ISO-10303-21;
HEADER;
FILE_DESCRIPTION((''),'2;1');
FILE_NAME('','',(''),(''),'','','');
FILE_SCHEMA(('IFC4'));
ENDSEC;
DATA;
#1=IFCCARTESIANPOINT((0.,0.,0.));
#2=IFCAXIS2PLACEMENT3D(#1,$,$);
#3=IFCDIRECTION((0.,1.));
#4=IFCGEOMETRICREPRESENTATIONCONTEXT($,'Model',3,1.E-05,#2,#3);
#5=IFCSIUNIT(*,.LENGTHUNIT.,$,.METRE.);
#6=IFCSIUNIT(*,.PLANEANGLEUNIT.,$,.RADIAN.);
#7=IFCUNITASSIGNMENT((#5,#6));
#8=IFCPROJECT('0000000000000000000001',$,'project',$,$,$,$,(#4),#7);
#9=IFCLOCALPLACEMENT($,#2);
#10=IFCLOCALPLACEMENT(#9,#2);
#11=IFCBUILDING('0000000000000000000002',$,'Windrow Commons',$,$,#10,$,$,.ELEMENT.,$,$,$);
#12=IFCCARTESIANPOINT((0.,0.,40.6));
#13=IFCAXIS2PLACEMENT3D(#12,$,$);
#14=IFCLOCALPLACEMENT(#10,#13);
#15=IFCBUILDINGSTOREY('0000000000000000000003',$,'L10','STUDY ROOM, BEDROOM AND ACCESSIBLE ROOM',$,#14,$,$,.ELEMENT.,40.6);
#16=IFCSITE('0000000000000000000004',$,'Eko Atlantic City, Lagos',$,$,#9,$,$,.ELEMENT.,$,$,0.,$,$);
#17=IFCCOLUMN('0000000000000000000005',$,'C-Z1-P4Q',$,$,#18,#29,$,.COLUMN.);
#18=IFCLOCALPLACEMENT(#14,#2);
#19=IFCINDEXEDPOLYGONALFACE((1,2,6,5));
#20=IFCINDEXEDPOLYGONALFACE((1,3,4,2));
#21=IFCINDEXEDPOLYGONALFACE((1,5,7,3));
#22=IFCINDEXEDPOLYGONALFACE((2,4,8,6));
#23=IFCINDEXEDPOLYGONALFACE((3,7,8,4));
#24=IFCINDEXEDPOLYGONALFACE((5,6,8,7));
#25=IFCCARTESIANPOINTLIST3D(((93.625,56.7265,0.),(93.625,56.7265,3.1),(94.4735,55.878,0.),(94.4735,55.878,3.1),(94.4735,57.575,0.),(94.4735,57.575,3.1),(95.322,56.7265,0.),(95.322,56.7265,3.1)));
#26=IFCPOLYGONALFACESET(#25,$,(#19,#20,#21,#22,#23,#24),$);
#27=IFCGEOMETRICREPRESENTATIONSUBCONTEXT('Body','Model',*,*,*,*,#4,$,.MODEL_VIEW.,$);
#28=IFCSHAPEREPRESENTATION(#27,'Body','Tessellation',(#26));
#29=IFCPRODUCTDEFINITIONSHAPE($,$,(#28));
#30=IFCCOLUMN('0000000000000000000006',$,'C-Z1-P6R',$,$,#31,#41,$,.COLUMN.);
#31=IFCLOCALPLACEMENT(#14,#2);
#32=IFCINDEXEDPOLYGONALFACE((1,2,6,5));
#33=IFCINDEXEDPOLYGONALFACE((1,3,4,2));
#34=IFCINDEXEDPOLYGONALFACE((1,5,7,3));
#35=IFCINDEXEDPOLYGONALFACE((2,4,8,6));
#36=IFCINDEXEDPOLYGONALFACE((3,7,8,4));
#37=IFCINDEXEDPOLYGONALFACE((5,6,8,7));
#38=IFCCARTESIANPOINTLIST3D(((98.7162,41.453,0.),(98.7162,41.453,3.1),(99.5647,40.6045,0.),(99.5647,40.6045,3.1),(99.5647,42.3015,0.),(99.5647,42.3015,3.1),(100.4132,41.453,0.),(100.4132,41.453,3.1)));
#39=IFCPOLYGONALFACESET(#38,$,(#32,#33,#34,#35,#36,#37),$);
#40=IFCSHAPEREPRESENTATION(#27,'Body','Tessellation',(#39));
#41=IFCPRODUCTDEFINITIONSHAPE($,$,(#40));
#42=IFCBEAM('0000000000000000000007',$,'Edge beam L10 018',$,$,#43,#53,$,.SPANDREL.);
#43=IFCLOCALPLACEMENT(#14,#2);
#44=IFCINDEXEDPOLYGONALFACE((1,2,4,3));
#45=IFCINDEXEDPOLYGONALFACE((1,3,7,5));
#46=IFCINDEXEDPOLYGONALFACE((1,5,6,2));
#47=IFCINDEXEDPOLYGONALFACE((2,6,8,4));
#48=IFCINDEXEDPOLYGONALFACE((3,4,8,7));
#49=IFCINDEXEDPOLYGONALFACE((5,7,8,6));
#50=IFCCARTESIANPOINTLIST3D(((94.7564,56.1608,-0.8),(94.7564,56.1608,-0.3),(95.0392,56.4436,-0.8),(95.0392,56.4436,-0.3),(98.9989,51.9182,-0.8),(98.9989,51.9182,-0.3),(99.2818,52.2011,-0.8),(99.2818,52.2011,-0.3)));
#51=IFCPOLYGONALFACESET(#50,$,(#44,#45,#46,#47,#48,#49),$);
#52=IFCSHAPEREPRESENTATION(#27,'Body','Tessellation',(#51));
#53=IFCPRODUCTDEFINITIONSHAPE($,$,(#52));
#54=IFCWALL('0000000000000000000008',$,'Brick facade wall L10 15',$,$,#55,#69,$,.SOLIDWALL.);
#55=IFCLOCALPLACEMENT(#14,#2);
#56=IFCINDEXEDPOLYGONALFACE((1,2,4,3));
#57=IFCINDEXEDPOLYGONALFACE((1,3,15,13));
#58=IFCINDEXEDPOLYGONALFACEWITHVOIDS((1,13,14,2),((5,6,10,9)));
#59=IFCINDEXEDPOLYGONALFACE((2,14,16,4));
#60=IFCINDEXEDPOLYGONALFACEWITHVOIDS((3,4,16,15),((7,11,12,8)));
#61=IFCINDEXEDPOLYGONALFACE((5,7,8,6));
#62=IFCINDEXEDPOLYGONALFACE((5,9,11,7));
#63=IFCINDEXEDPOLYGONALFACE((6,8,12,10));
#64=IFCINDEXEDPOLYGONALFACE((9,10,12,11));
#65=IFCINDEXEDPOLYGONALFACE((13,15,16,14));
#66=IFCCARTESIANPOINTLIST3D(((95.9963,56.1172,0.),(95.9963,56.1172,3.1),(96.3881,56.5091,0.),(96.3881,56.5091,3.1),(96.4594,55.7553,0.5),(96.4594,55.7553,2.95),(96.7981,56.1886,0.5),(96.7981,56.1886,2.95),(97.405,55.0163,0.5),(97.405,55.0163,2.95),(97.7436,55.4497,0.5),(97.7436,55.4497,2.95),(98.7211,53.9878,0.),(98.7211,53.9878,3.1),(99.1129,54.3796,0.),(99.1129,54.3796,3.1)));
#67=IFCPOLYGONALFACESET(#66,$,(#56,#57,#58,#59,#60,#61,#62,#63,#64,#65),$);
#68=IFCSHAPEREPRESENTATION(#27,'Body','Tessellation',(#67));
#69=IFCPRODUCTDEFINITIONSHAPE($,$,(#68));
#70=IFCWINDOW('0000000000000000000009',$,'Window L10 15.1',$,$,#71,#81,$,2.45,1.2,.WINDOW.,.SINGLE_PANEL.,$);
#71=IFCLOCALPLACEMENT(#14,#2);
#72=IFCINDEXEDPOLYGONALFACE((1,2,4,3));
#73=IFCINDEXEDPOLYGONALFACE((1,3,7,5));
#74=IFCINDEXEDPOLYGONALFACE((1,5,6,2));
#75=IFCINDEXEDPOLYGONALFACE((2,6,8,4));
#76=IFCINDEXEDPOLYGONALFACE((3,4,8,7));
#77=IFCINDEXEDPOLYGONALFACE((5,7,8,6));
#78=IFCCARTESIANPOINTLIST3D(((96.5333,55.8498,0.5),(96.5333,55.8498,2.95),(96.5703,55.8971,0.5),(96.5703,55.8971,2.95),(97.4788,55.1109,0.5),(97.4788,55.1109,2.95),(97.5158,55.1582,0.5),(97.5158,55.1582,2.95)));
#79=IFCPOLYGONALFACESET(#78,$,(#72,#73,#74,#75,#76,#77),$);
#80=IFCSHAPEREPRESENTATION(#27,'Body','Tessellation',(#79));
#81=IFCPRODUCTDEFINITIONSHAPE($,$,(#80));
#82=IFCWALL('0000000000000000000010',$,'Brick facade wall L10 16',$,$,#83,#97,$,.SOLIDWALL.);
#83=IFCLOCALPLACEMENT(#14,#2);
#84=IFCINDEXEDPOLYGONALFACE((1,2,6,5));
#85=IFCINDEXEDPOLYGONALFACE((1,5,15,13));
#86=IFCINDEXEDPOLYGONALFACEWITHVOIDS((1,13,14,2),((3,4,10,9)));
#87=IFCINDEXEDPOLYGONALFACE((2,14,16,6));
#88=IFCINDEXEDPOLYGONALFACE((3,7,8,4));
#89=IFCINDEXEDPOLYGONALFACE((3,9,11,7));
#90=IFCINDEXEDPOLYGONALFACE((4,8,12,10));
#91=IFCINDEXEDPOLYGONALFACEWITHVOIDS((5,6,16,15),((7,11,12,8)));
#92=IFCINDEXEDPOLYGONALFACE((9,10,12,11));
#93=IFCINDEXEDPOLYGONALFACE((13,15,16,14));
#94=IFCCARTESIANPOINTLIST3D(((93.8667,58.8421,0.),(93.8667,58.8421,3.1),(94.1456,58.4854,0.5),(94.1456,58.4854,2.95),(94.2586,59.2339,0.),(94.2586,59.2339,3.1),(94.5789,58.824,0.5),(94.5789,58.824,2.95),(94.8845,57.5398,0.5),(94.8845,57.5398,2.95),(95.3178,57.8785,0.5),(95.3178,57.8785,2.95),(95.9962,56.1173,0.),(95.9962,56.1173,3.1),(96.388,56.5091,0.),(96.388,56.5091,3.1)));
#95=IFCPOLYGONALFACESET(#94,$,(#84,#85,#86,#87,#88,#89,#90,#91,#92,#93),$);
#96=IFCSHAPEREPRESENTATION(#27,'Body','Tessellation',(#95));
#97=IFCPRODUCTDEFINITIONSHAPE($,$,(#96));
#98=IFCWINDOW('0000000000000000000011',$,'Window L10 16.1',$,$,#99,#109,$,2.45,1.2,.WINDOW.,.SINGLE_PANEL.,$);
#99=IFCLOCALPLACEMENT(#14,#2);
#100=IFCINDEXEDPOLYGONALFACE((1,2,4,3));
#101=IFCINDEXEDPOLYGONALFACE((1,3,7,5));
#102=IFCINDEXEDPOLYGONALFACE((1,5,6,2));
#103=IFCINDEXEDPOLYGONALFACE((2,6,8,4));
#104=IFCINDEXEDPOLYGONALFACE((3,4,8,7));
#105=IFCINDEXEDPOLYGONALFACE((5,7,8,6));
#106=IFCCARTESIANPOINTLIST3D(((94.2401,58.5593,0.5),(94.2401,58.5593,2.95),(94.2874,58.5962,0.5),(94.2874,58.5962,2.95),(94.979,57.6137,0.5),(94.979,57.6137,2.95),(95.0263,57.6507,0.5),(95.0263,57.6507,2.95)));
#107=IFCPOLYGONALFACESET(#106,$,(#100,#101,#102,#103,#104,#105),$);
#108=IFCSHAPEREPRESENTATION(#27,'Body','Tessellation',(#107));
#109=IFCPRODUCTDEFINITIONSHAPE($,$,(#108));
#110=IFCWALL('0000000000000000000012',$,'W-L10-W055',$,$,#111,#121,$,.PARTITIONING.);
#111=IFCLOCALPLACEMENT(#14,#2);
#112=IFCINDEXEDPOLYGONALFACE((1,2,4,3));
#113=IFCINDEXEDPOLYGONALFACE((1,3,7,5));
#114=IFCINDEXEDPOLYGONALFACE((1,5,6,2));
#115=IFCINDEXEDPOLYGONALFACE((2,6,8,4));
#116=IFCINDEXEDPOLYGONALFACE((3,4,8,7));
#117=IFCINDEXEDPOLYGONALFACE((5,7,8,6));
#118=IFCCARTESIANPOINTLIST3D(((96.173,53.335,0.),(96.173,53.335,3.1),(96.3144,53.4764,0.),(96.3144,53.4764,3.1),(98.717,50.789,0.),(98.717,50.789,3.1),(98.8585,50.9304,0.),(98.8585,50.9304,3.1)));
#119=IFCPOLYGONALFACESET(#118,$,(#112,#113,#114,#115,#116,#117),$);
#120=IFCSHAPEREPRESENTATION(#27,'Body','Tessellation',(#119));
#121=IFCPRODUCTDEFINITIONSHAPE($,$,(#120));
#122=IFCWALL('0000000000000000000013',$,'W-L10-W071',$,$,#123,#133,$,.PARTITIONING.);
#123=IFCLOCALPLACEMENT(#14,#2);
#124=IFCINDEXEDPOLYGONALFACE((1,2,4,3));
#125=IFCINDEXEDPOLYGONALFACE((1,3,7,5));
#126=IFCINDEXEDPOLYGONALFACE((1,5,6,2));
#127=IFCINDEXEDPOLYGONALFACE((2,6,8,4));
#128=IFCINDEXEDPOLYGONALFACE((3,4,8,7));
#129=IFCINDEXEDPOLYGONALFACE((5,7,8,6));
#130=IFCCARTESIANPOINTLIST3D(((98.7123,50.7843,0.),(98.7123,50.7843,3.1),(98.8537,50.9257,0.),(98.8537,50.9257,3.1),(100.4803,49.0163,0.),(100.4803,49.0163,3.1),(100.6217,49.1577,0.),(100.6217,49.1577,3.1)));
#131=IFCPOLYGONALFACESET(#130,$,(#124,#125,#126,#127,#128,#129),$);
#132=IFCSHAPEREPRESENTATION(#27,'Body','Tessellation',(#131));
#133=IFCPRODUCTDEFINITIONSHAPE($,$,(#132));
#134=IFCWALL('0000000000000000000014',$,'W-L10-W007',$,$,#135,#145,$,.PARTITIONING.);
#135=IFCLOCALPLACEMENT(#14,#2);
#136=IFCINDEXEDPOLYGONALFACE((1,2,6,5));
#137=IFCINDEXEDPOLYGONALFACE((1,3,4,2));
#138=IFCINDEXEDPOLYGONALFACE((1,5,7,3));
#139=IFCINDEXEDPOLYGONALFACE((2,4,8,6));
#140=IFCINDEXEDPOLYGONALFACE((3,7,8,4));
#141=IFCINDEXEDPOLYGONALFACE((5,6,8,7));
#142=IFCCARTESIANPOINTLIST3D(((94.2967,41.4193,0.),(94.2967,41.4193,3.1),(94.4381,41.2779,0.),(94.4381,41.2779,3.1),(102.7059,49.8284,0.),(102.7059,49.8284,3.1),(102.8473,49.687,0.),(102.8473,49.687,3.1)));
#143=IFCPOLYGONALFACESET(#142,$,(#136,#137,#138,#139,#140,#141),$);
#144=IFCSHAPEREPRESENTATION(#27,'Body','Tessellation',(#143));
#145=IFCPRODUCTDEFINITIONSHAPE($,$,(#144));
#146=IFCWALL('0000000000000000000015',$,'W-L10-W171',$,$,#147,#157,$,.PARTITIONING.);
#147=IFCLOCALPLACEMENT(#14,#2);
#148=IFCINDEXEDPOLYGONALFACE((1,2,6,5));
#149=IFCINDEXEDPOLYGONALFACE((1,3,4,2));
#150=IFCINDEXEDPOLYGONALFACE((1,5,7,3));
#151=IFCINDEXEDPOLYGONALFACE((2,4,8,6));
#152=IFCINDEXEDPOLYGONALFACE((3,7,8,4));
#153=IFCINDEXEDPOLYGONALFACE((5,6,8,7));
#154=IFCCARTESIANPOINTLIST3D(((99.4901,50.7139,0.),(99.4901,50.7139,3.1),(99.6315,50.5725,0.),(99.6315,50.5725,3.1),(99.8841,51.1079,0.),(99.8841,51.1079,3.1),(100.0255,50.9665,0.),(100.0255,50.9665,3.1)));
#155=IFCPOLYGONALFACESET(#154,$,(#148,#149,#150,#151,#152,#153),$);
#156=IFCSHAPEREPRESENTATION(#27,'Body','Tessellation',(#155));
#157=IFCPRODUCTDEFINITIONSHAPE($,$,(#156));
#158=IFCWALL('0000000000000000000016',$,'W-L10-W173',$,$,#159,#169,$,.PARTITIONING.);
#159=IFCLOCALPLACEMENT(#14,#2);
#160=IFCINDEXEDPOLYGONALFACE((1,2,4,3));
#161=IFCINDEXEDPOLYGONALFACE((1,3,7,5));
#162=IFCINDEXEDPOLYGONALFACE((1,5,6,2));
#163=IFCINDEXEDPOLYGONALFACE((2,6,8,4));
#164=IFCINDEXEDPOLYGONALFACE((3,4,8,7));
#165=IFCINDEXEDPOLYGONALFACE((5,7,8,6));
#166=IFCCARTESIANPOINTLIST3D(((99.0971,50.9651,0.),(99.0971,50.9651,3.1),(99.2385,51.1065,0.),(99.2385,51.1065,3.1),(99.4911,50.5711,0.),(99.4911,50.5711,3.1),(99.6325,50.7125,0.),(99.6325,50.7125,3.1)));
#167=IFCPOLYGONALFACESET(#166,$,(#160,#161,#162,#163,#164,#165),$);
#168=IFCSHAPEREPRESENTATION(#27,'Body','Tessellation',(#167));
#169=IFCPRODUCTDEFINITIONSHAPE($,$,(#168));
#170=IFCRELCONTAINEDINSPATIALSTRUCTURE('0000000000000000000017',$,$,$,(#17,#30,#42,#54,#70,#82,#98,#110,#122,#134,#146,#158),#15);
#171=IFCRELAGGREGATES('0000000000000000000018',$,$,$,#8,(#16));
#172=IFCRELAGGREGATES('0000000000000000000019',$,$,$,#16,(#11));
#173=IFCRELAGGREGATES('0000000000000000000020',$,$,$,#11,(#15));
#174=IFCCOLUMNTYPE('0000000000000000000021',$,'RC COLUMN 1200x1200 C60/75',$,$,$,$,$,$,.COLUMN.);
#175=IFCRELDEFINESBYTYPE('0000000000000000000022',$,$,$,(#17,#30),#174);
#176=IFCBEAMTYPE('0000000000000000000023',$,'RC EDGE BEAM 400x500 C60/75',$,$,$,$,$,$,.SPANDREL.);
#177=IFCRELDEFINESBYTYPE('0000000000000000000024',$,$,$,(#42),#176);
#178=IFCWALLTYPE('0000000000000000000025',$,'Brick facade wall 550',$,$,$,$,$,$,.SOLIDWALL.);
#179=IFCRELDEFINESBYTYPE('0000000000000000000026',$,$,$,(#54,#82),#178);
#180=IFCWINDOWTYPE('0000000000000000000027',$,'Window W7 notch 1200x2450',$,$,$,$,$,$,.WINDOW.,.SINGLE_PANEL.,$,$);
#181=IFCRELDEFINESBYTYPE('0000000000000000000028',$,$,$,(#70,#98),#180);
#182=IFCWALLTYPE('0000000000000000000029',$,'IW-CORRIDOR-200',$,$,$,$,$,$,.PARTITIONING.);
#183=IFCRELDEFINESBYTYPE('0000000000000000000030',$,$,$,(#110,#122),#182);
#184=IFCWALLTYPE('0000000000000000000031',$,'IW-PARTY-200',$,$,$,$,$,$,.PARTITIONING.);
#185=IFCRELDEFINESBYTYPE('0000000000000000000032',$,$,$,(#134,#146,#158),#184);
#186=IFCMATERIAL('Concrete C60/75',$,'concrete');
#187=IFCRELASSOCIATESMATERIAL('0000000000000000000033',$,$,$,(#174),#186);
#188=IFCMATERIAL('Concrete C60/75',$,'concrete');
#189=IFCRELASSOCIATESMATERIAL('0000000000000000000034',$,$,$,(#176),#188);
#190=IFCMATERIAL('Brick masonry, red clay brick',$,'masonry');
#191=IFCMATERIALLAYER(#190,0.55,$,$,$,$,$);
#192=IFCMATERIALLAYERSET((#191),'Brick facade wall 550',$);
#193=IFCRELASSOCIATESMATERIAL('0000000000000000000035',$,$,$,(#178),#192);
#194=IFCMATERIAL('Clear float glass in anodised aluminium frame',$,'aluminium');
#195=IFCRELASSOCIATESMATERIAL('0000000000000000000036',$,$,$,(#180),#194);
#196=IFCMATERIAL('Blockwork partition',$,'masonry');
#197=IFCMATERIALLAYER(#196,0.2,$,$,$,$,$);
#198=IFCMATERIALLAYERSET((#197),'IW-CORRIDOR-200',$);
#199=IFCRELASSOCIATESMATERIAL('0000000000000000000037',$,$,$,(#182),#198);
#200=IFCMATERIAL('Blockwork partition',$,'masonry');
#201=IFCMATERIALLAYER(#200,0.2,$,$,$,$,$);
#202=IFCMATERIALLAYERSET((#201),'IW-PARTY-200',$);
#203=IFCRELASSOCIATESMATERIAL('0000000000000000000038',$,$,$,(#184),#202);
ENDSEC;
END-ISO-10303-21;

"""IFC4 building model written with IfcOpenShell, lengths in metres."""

from ifc_helpers import new_model, si_unit, direction, frame, frame_2d, origin, origin_2d, place, context, subcontext, project, spatial, polyline, rectangle, outline, extrude, material, layer, layer_set, material_profile, profile_set, type_object, element, fill, save


model = new_model("IFC4")

# Units and contexts
model_context = context("Model", 3, precision=1e-05, world=origin(), true_north=direction((0.0, 1.0)))
body_context = subcontext(model_context, "Body", "Model", "MODEL_VIEW")
ifc_project = project(units=[si_unit("LENGTHUNIT", "METRE"), si_unit("PLANEANGLEUNIT", "RADIAN")], contexts=[model_context])

# Site, building, storey
site_placement = place(None, origin())
site = spatial("IfcSite", under=ifc_project, at=site_placement, Name="Eko Atlantic City, Lagos", CompositionType="ELEMENT", RefElevation=0.0)
building_placement = place(site_placement, origin())
building = spatial("IfcBuilding", under=site, at=building_placement, Name="Windrow Commons", CompositionType="ELEMENT")
storey_placement = place(building_placement, frame((0.0, 0.0, 40.6)))
storey = spatial("IfcBuildingStorey", under=building, at=storey_placement, Name="L10", Description="STUDY ROOM, BEDROOM AND ACCESSIBLE ROOM", CompositionType="ELEMENT", Elevation=40.6)

# Columns
ifc_material_1 = material(Name="Concrete C60/75", Category="concrete")
ifc_material_profile_1 = material_profile(ifc_material_1, rectangle(XDim=1.2, YDim=1.2, at=origin_2d()))
ifc_profile_set_1 = profile_set([ifc_material_profile_1], Name="Concrete C60/75")
column_type = type_object("IfcColumnType", Name="RC COLUMN 1200x1200 C60/75", PredefinedType="COLUMN", material=ifc_profile_set_1)
for number, where, z_axis, x_axis, name in (
    (1, (94.4735, 56.7265, 0.0), (0.0, 0.0, 1.0), (0.707107, -0.707107, 0.0), "C-Z1-P4Q"),
    (2, (99.5647, 41.453, 0.0), (0.0, 0.0, 1.0), (0.707107, -0.707107, 0.0), "C-Z1-P6R"),
):
    element("IfcColumn", number, at=place(storey_placement, frame(where, z_axis=z_axis, x_axis=x_axis)), inside=storey, type_object=column_type, Name=name, PredefinedType="COLUMN", context=body_context, shape_type="SweptSolid", body=[
        extrude(rectangle(XDim=1.2, YDim=1.2, at=origin_2d()), origin(), (0.0, 0.0, 1.0), 3.1),
    ])

# Beam
ifc_material_2 = material(Name="Concrete C60/75", Category="concrete")
ifc_material_profile_2 = material_profile(ifc_material_2, rectangle(XDim=0.4, YDim=0.5, at=origin_2d()))
ifc_profile_set_2 = profile_set([ifc_material_profile_2], Name="Concrete C60/75")
beam_type = type_object("IfcBeamType", Name="RC EDGE BEAM 400x500 C60/75", PredefinedType="SPANDREL", material=ifc_profile_set_2)
beam_placement = place(storey_placement, frame((94.8978, 56.3022, -0.55), z_axis=(0.707107, -0.707107, 0.0), x_axis=(0.707107, 0.707107, 0.0)))
element("IfcBeam", 3, at=beam_placement, inside=storey, type_object=beam_type, Name="Edge beam L10 018", PredefinedType="SPANDREL", context=body_context, shape_type="SweptSolid", body=[
    extrude(rectangle(XDim=0.4, YDim=0.5, at=origin_2d()), origin(), (0.0, 0.0, 1.0), 5.9999),
])

# Walls, openings, windows
ifc_material_3 = material(Name="Brick masonry, red clay brick", Category="masonry")
ifc_layer_1 = layer(ifc_material_3, 0.55)
ifc_layer_set_1 = layer_set([ifc_layer_1], Name="Brick facade wall 550")
wall_type_1 = type_object("IfcWallType", Name="Brick facade wall 550", PredefinedType="SOLIDWALL", material=ifc_layer_set_1)
wall_1_placement = place(storey_placement, frame((98.917, 54.1837, 0.0), z_axis=(0.0, 0.0, 1.0), x_axis=(-0.78793, 0.615765, 0.0)))
wall_1 = element("IfcWall", 4, at=wall_1_placement, inside=storey, type_object=wall_type_1, Name="Brick facade wall L10 15", PredefinedType="SOLIDWALL", context=body_context, shape_type="SweptSolid", body=[
    extrude(outline(polyline([(-0.0337, -0.275), (3.4245, -0.275), (3.4919, 0.275), (0.0337, 0.275), (-0.0337, -0.275)])), origin(), (0.0, 0.0, 1.0), 3.1),
])
opening_1_placement = place(wall_1_placement, frame((1.7041, 0.0, 0.5)))
opening_1 = element("IfcOpeningElement", 5, at=opening_1_placement, cuts=wall_1, PredefinedType="OPENING", context=body_context, shape_type="SweptSolid", body=[
    extrude(rectangle(XDim=1.2, YDim=2.45, at=frame_2d((0.6, 1.225))), frame((0.0, 0.285, 0.0), z_axis=(0.0, -1.0, 0.0), x_axis=(1.0, 0.0, 0.0)), (0.0, 0.0, 1.0), 0.57),
])
ifc_material_4 = material(Name="Clear float glass in anodised aluminium frame", Category="aluminium")
window_type = type_object("IfcWindowType", Name="Window W7 notch 1200x2450", PartitioningType="SINGLE_PANEL", PredefinedType="WINDOW", material=ifc_material_4)
window_1_placement = place(opening_1_placement, origin())
window_1 = element("IfcWindow", 6, at=window_1_placement, inside=storey, type_object=window_type, Name="Window L10 15.1", OverallHeight=2.45, OverallWidth=1.2, PartitioningType="SINGLE_PANEL", PredefinedType="WINDOW", context=body_context, shape_type="SweptSolid", body=[
    extrude(rectangle(XDim=1.2, YDim=2.45, at=frame_2d((0.6, 1.225))), frame((0.0, 0.155, 0.0), z_axis=(0.0, -1.0, 0.0), x_axis=(1.0, 0.0, 0.0)), (0.0, 0.0, 1.0), 0.06),
])
fill(opening_1, window_1)
wall_2_placement = place(storey_placement, frame((96.1921, 56.3132, 0.0), z_axis=(0.0, 0.0, 1.0), x_axis=(-0.615761, 0.787933, 0.0)))
wall_2 = element("IfcWall", 7, at=wall_2_placement, inside=storey, type_object=wall_type_1, Name="Brick facade wall L10 16", PredefinedType="SOLIDWALL", context=body_context, shape_type="SweptSolid", body=[
    extrude(outline(polyline([(0.0337, -0.275), (3.4919, -0.275), (3.4245, 0.275), (-0.0337, 0.275), (0.0337, -0.275)])), origin(), (0.0, 0.0, 1.0), 3.1),
])
opening_2_placement = place(wall_2_placement, frame((1.7717, 0.0, 0.5)))
opening_2 = element("IfcOpeningElement", 8, at=opening_2_placement, cuts=wall_2, PredefinedType="OPENING", context=body_context, shape_type="SweptSolid", body=[
    extrude(rectangle(XDim=1.2, YDim=2.45, at=frame_2d((0.6, 1.225))), frame((0.0, 0.285, 0.0), z_axis=(0.0, -1.0, 0.0), x_axis=(1.0, 0.0, 0.0)), (0.0, 0.0, 1.0), 0.57),
])
window_2_placement = place(opening_2_placement, origin())
window_2 = element("IfcWindow", 9, at=window_2_placement, inside=storey, type_object=window_type, Name="Window L10 16.1", OverallHeight=2.45, OverallWidth=1.2, PartitioningType="SINGLE_PANEL", PredefinedType="WINDOW", context=body_context, shape_type="SweptSolid", body=[
    extrude(rectangle(XDim=1.2, YDim=2.45, at=frame_2d((0.6, 1.225))), frame((0.0, 0.155, 0.0), z_axis=(0.0, -1.0, 0.0), x_axis=(1.0, 0.0, 0.0)), (0.0, 0.0, 1.0), 0.06),
])
fill(opening_2, window_2)

# Walls
ifc_material_5 = material(Name="Blockwork partition", Category="masonry")
ifc_layer_2 = layer(ifc_material_5, 0.2)
ifc_layer_set_2 = layer_set([ifc_layer_2], Name="IW-CORRIDOR-200")
wall_type_2 = type_object("IfcWallType", Name="IW-CORRIDOR-200", PredefinedType="PARTITIONING", material=ifc_layer_set_2)
wall_3_placement = place(storey_placement, frame((96.2437, 53.4057, 0.0), z_axis=(0.0, 0.0, 1.0), x_axis=(0.706829, -0.707385, 0.0)))
element("IfcWall", 10, at=wall_3_placement, inside=storey, type_object=wall_type_2, Name="W-L10-W055", PredefinedType="PARTITIONING", context=body_context, shape_type="SweptSolid", body=[
    extrude(rectangle(XDim=3.5992, YDim=0.2, at=frame_2d((1.7996, 0.0))), origin(), (0.0, 0.0, 1.0), 3.1),
])
wall_4_placement = place(storey_placement, frame((98.783, 50.855, 0.0), z_axis=(0.0, 0.0, 1.0), x_axis=(0.707107, -0.707107, 0.0)))
element("IfcWall", 11, at=wall_4_placement, inside=storey, type_object=wall_type_2, Name="W-L10-W071", PredefinedType="PARTITIONING", context=body_context, shape_type="SweptSolid", body=[
    extrude(rectangle(XDim=2.5003, YDim=0.2, at=frame_2d((1.2502, 0.0))), origin(), (0.0, 0.0, 1.0), 3.1),
])
ifc_material_6 = material(Name="Blockwork partition", Category="masonry")
ifc_layer_3 = layer(ifc_material_6, 0.2)
ifc_layer_set_3 = layer_set([ifc_layer_3], Name="IW-PARTY-200")
wall_type_3 = type_object("IfcWallType", Name="IW-PARTY-200", PredefinedType="PARTITIONING", material=ifc_layer_set_3)
wall_5_placement = place(storey_placement, frame((94.3674, 41.3486, 0.0), z_axis=(0.0, 0.0, 1.0), x_axis=(0.707111, 0.707103, 0.0)))
element("IfcWall", 12, at=wall_5_placement, inside=storey, type_object=wall_type_3, Name="W-L10-W007", PredefinedType="PARTITIONING", context=body_context, shape_type="SweptSolid", body=[
    extrude(rectangle(XDim=11.8923, YDim=0.2, at=frame_2d((5.9462, 0.0))), origin(), (0.0, 0.0, 1.0), 3.1),
])
for number, where, z_axis, x_axis, name in (
    (13, (99.5608, 50.6432, 0.0), (0.0, 0.0, 1.0), (0.707107, 0.707107, 0.0), "W-L10-W171"),
    (14, (99.1678, 51.0358, 0.0), (0.0, 0.0, 1.0), (0.707107, -0.707107, 0.0), "W-L10-W173"),
):
    element("IfcWall", number, at=place(storey_placement, frame(where, z_axis=z_axis, x_axis=x_axis)), inside=storey, type_object=wall_type_3, Name=name, PredefinedType="PARTITIONING", context=body_context, shape_type="SweptSolid", body=[
        extrude(rectangle(XDim=0.5572, YDim=0.2, at=frame_2d((0.2786, 0.0))), origin(), (0.0, 0.0, 1.0), 3.1),
    ])

save(model, "model.ifc")
